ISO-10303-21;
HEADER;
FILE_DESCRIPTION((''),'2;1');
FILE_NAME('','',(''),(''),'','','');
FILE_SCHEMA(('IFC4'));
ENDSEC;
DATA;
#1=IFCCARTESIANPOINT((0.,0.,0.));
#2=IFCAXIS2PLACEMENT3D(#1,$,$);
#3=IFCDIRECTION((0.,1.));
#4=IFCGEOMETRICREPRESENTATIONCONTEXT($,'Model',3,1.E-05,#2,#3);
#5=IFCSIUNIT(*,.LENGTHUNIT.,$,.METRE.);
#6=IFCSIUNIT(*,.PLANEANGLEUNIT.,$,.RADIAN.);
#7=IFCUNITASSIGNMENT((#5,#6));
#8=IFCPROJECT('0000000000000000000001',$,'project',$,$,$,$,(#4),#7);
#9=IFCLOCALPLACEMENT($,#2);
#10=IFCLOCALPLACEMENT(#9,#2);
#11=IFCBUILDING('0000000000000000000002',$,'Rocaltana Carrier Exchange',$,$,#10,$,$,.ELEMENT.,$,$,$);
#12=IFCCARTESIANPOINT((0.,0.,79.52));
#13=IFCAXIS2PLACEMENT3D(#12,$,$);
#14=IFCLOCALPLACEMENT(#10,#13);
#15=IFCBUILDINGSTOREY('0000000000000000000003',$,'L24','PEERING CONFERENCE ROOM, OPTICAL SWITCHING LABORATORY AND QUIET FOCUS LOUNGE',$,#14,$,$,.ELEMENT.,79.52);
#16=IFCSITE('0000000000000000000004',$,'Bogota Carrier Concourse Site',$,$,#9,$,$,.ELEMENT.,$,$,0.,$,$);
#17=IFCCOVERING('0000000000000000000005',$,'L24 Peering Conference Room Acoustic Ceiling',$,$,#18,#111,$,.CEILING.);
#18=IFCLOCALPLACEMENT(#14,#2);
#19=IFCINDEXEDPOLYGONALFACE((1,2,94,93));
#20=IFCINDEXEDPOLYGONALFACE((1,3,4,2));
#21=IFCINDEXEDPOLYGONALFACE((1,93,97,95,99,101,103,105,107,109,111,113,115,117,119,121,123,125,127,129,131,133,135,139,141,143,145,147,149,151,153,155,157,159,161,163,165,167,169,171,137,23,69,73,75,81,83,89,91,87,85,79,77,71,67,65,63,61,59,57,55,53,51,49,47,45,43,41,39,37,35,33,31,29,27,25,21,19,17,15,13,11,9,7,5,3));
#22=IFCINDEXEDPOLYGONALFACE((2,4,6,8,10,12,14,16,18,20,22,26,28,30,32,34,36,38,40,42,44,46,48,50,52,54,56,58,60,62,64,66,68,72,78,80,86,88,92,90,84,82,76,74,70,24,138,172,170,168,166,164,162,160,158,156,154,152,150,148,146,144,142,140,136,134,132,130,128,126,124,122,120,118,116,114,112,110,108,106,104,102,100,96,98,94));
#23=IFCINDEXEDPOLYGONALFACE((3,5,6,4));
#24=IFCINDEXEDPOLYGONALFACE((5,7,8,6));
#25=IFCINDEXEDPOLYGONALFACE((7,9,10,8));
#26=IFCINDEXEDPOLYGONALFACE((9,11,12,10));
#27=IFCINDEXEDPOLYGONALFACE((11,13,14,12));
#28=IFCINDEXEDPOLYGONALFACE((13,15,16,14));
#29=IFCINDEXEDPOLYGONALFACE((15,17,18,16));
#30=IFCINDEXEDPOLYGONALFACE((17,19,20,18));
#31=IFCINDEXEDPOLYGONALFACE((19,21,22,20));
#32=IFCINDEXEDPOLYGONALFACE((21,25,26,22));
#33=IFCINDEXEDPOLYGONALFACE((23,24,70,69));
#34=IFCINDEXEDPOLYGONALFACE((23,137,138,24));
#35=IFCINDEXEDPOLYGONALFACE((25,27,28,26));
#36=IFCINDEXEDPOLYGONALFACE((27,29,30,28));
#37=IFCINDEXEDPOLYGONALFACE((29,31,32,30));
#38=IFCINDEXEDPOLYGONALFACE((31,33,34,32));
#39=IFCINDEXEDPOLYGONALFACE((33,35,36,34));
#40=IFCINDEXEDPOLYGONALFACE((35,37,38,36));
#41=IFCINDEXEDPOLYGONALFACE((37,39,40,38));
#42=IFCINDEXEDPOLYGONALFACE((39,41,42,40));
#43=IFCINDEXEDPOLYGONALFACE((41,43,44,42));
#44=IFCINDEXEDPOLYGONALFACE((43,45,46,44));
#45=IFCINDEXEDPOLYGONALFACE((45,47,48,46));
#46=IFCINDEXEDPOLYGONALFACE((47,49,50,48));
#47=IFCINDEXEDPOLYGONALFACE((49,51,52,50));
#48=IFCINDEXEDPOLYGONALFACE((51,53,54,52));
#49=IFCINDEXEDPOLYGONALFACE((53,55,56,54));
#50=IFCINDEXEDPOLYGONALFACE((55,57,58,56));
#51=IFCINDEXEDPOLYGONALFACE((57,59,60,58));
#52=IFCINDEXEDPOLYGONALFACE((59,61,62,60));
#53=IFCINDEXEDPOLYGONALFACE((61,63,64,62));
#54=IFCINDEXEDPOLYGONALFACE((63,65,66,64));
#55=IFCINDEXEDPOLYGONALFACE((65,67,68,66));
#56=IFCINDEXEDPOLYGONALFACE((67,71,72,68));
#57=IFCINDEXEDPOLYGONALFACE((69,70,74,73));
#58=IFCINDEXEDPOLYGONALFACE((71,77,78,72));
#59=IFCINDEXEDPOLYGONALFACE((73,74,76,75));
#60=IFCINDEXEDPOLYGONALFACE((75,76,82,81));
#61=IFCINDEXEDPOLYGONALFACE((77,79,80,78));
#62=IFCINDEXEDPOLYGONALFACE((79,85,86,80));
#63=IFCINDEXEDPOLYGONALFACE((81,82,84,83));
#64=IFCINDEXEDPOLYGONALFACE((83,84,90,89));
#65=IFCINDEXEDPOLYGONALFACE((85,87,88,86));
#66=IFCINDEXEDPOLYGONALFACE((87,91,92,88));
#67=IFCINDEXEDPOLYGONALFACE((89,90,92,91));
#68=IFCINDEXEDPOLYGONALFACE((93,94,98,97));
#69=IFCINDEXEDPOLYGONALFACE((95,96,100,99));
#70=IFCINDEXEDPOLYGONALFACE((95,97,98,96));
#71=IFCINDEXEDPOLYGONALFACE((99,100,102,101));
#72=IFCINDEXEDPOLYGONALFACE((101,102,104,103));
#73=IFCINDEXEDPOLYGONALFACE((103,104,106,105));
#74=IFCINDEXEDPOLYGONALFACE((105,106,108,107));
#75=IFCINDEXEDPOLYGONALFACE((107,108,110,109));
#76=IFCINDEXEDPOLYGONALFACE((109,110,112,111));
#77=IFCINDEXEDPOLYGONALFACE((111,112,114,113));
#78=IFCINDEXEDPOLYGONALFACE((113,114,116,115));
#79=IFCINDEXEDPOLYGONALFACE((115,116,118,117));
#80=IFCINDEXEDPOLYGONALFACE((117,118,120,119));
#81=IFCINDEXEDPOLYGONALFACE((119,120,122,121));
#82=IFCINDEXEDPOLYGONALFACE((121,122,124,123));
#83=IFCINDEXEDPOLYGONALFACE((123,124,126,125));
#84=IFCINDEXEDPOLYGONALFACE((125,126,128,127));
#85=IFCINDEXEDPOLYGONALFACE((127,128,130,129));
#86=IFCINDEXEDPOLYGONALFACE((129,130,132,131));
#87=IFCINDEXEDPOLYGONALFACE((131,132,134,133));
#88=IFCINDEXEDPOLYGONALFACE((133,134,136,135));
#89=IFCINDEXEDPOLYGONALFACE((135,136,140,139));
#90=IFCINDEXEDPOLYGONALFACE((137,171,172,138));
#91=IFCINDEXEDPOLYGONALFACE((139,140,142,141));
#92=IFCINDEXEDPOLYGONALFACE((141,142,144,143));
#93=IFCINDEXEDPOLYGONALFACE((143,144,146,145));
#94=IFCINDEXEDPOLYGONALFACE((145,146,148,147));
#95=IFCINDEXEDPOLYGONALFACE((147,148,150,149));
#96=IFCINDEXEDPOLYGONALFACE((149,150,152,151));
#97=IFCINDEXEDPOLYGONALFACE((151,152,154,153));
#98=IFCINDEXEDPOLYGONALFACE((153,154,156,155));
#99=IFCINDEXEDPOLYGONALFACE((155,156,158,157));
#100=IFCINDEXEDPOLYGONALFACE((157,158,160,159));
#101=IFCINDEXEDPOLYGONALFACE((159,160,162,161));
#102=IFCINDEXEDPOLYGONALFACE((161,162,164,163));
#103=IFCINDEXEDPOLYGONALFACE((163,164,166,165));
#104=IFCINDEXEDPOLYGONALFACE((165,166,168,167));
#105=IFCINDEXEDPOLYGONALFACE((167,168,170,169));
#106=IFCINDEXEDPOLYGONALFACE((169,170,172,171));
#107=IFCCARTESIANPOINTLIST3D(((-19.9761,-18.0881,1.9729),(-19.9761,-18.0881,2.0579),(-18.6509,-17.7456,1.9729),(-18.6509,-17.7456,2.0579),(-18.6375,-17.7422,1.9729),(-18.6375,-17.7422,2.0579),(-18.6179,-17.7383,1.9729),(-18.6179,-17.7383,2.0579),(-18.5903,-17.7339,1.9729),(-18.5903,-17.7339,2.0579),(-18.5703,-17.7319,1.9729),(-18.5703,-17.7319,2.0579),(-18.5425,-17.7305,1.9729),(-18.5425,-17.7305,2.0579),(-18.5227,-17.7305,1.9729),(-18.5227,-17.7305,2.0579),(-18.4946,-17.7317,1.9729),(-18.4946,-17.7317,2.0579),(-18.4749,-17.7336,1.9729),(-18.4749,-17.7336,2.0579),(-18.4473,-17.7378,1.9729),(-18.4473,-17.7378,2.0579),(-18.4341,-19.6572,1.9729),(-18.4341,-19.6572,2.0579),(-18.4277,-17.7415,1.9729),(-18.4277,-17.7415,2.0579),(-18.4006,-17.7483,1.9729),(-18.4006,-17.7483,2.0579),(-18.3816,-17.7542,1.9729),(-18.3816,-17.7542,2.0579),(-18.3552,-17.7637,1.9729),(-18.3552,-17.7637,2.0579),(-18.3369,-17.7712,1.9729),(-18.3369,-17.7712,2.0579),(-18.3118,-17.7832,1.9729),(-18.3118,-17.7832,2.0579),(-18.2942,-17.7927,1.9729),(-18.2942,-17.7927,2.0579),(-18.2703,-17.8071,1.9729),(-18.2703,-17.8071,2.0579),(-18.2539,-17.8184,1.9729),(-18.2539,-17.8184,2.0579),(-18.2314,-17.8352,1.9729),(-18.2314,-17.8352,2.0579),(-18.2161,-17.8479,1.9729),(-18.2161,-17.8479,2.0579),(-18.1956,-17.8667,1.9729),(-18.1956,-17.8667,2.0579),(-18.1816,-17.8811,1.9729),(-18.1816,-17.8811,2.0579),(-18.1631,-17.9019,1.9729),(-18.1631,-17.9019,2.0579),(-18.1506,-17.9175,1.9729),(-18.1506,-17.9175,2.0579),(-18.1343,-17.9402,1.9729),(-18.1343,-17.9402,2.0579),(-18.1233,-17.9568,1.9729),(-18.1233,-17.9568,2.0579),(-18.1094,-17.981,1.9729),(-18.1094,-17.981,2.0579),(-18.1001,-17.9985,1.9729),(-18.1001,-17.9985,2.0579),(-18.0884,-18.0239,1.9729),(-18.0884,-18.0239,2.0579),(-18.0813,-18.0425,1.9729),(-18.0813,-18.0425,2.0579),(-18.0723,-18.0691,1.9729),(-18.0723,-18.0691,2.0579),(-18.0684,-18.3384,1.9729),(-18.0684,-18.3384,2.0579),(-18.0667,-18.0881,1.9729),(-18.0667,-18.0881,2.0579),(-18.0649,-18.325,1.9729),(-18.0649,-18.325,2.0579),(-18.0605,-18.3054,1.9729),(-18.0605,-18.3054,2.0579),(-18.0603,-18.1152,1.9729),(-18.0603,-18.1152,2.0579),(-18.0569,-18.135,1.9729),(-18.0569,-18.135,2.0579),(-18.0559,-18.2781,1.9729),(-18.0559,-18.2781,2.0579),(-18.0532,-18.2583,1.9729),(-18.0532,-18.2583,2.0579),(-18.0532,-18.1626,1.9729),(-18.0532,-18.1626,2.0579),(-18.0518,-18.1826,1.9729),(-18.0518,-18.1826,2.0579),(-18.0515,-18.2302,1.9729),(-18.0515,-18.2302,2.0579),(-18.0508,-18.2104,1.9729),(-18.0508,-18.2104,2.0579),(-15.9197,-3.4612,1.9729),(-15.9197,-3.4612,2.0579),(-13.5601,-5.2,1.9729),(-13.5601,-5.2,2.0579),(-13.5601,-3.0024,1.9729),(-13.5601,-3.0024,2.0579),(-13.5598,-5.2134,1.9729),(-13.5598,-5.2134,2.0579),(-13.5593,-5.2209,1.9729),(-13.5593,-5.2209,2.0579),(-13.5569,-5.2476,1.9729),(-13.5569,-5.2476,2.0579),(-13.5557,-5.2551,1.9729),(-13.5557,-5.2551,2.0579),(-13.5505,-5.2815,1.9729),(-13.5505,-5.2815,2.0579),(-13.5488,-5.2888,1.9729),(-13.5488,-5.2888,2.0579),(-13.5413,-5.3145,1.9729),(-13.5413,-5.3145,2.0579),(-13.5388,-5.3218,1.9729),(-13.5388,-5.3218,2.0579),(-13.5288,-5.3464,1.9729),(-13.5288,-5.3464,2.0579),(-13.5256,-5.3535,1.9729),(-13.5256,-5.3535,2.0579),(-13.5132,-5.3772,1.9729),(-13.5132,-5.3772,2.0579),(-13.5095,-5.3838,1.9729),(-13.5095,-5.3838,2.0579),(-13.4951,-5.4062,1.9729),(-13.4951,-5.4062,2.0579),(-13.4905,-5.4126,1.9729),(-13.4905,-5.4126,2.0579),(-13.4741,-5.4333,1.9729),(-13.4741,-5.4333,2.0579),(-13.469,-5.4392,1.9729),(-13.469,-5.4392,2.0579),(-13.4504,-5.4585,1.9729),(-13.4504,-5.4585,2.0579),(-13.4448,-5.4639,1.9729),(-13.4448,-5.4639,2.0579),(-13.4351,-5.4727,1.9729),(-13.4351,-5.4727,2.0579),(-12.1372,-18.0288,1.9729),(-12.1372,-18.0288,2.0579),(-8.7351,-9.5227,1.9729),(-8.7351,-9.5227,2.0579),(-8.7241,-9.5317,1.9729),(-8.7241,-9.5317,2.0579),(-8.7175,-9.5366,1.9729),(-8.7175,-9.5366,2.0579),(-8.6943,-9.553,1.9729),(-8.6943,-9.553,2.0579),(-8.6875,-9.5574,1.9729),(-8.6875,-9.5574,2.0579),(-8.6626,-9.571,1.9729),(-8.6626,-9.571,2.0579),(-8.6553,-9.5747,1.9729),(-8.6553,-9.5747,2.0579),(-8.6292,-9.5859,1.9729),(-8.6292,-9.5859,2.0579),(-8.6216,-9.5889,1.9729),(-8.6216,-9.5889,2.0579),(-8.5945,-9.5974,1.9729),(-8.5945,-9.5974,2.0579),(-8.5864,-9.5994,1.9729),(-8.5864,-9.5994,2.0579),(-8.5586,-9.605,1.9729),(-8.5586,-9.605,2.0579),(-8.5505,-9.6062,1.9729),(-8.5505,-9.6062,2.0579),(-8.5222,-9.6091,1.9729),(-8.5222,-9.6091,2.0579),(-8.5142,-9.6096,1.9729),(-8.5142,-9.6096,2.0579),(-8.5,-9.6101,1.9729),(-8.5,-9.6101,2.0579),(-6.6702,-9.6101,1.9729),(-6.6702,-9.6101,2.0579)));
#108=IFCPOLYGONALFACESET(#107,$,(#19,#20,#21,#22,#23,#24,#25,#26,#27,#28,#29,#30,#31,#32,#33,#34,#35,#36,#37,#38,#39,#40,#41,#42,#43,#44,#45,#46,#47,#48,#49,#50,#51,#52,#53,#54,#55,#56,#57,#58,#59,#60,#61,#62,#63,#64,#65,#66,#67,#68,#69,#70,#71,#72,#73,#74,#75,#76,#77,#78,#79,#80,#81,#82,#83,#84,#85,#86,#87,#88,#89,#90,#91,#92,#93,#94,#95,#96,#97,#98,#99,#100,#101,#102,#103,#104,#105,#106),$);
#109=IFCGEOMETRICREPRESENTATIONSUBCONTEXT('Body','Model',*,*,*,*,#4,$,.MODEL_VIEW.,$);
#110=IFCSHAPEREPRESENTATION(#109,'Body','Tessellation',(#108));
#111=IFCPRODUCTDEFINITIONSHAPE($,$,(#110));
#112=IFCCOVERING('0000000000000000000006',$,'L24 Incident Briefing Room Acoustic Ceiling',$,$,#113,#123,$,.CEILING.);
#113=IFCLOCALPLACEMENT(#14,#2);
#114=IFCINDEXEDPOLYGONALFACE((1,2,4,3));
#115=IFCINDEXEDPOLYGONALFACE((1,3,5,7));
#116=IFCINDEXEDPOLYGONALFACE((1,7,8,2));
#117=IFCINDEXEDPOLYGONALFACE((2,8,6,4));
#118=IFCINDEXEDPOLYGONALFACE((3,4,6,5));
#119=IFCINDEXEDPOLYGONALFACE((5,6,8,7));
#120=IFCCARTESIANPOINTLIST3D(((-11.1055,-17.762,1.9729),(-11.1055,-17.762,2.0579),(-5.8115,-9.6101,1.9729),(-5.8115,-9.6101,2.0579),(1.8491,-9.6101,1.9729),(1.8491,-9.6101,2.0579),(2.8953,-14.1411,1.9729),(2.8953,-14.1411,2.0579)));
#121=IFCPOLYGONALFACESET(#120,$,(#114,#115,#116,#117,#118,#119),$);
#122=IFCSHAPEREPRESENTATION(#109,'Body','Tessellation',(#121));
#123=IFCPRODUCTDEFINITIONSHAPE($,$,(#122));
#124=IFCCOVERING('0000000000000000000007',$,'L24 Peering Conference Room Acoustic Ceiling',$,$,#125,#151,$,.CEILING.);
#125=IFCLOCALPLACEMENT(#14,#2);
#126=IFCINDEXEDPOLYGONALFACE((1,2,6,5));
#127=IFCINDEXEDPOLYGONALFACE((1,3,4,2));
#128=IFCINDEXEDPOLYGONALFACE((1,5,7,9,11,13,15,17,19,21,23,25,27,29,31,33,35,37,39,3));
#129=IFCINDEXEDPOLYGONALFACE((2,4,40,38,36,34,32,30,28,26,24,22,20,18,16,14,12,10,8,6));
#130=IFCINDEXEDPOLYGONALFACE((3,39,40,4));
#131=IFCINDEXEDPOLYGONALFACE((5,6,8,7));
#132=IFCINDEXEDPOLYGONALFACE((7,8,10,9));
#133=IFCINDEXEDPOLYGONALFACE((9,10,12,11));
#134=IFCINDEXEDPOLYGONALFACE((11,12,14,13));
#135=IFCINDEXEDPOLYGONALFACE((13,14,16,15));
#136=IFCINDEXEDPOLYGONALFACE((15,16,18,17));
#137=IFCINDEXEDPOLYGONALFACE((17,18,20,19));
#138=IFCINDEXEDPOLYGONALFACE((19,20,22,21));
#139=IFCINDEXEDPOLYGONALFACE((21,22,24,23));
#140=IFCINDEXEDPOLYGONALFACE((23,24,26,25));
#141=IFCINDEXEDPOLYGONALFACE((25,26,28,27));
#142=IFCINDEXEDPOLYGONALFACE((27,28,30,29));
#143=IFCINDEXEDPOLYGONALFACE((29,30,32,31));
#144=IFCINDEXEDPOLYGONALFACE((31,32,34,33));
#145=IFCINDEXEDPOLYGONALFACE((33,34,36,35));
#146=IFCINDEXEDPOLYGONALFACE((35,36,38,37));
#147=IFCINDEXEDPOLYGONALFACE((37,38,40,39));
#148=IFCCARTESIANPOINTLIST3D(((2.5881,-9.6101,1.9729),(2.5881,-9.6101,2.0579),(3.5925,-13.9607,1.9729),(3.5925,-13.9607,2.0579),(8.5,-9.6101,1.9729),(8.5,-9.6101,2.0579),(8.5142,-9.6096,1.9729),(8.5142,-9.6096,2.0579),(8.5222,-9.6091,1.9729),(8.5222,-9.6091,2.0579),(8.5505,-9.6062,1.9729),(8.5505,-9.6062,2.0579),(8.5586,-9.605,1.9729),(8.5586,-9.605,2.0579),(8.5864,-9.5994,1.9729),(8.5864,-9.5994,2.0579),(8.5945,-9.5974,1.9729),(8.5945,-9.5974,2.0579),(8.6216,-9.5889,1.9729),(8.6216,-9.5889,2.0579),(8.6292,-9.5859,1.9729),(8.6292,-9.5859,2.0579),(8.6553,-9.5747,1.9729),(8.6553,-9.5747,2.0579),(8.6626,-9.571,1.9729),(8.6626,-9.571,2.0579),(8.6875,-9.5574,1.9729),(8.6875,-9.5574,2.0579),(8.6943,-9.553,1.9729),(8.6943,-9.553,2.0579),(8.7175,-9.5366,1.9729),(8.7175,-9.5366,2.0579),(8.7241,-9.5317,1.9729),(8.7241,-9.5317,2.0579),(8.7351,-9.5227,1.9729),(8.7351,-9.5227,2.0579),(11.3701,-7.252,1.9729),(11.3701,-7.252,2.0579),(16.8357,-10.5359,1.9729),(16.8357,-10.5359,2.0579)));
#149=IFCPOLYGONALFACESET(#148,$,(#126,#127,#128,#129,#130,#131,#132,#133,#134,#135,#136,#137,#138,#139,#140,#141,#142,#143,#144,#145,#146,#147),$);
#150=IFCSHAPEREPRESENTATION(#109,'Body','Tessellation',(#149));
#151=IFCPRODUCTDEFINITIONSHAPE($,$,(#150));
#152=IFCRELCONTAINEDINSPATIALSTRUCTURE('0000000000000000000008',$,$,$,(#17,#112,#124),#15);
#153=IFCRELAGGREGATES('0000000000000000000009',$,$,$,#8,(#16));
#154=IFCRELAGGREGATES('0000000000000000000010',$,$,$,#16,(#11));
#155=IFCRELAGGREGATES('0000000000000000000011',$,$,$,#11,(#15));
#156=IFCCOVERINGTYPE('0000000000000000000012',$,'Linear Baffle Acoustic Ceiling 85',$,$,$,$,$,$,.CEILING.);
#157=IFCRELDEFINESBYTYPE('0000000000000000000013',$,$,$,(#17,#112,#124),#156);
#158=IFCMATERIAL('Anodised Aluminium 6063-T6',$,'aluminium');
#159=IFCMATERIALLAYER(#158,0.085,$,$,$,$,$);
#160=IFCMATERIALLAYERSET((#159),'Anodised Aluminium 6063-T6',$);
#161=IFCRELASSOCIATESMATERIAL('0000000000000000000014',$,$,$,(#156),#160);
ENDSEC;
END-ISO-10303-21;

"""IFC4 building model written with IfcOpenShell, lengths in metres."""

from ifc_helpers import new_model, si_unit, direction, frame, origin, place, context, subcontext, project, spatial, polyline, outline, extrude, material, layer, layer_set, type_object, element, save


model = new_model("IFC4")

# Units and contexts
model_context = context("Model", 3, precision=1e-05, world=origin(), true_north=direction((0.0, 1.0)))
body_context = subcontext(model_context, "Body", "Model", "MODEL_VIEW")
ifc_project = project(units=[si_unit("LENGTHUNIT", "METRE"), si_unit("PLANEANGLEUNIT", "RADIAN")], contexts=[model_context])

# Site, building, storey
site_placement = place(None, origin())
site = spatial("IfcSite", under=ifc_project, at=site_placement, Name="Bogota Carrier Concourse Site", CompositionType="ELEMENT", RefElevation=0.0)
building_placement = place(site_placement, origin())
building = spatial("IfcBuilding", under=site, at=building_placement, Name="Rocaltana Carrier Exchange", CompositionType="ELEMENT")
storey_placement = place(building_placement, frame((0.0, 0.0, 79.52)))
storey = spatial("IfcBuildingStorey", under=building, at=storey_placement, Name="L24", Description="PEERING CONFERENCE ROOM, OPTICAL SWITCHING LABORATORY AND QUIET FOCUS LOUNGE", CompositionType="ELEMENT", Elevation=79.52)

# Coverings
ifc_material_1 = material(Name="Anodised Aluminium 6063-T6", Category="aluminium")
ifc_layer_1 = layer(ifc_material_1, 0.085)
ifc_layer_set_1 = layer_set([ifc_layer_1], Name="Anodised Aluminium 6063-T6")
covering_type_1 = type_object("IfcCoveringType", Name="Linear Baffle Acoustic Ceiling 85", PredefinedType="CEILING", material=ifc_layer_set_1)
covering_1_placement = place(storey_placement, frame((0.0, 0.0, 1.9729)))
element("IfcCovering", 1, at=covering_1_placement, inside=storey, type_object=covering_type_1, Name="L24 Peering Conference Room Acoustic Ceiling", PredefinedType="CEILING", context=body_context, shape_type="SweptSolid", body=[
    extrude(outline(polyline([(-18.0684, -18.3384), (-18.0649, -18.325), (-18.0605, -18.3054), (-18.0559, -18.2781), (-18.0532, -18.2583), (-18.0515, -18.2302), (-18.0508, -18.2104), (-18.0518, -18.1826), (-18.0532, -18.1626), (-18.0569, -18.135), (-18.0603, -18.1152), (-18.0667, -18.0881), (-18.0723, -18.0691), (-18.0813, -18.0425), (-18.0884, -18.0239), (-18.1001, -17.9985), (-18.1094, -17.981), (-18.1233, -17.9568), (-18.1343, -17.9402), (-18.1506, -17.9175), (-18.1631, -17.9019), (-18.1816, -17.8811), (-18.1956, -17.8667), (-18.2161, -17.8479), (-18.2314, -17.8352), (-18.2539, -17.8184), (-18.2703, -17.8071), (-18.2942, -17.7927), (-18.3118, -17.7832), (-18.3369, -17.7712), (-18.3552, -17.7637), (-18.3816, -17.7542), (-18.4006, -17.7483), (-18.4277, -17.7415), (-18.4473, -17.7378), (-18.4749, -17.7336), (-18.4946, -17.7317), (-18.5227, -17.7305), (-18.5425, -17.7305), (-18.5703, -17.7319), (-18.5903, -17.7339), (-18.6179, -17.7383), (-18.6375, -17.7422), (-18.6509, -17.7456), (-19.9761, -18.0881), (-15.9197, -3.4612), (-13.5601, -3.0024), (-13.5601, -5.2), (-13.5598, -5.2134), (-13.5593, -5.2209), (-13.5569, -5.2476), (-13.5557, -5.2551), (-13.5505, -5.2815), (-13.5488, -5.2888), (-13.5413, -5.3145), (-13.5388, -5.3218), (-13.5288, -5.3464), (-13.5256, -5.3535), (-13.5132, -5.3772), (-13.5095, -5.3838), (-13.4951, -5.4062), (-13.4905, -5.4126), (-13.4741, -5.4333), (-13.469, -5.4392), (-13.4504, -5.4585), (-13.4448, -5.4639), (-13.4351, -5.4727), (-8.7351, -9.5227), (-8.7241, -9.5317), (-8.7175, -9.5366), (-8.6943, -9.553), (-8.6875, -9.5574), (-8.6626, -9.571), (-8.6553, -9.5747), (-8.6292, -9.5859), (-8.6216, -9.5889), (-8.5945, -9.5974), (-8.5864, -9.5994), (-8.5586, -9.605), (-8.5505, -9.6062), (-8.5222, -9.6091), (-8.5142, -9.6096), (-8.5, -9.6101), (-6.6702, -9.6101), (-12.1372, -18.0288), (-18.4341, -19.6572), (-18.0684, -18.3384)])), origin(), (0.0, 0.0, 1.0), 0.085),
])
covering_2_placement = place(storey_placement, frame((0.0, 0.0, 1.9729)))
element("IfcCovering", 2, at=covering_2_placement, inside=storey, type_object=covering_type_1, Name="L24 Incident Briefing Room Acoustic Ceiling", PredefinedType="CEILING", context=body_context, shape_type="SweptSolid", body=[
    extrude(outline(polyline([(-11.1055, -17.762), (-5.8115, -9.6101), (1.8491, -9.6101), (2.8953, -14.1411), (-11.1055, -17.762)])), origin(), (0.0, 0.0, 1.0), 0.085),
])
covering_3_placement = place(storey_placement, frame((0.0, 0.0, 1.9729)))
element("IfcCovering", 3, at=covering_3_placement, inside=storey, type_object=covering_type_1, Name="L24 Peering Conference Room Acoustic Ceiling", PredefinedType="CEILING", context=body_context, shape_type="SweptSolid", body=[
    extrude(outline(polyline([(3.5925, -13.9607), (2.5881, -9.6101), (8.5, -9.6101), (8.5142, -9.6096), (8.5222, -9.6091), (8.5505, -9.6062), (8.5586, -9.605), (8.5864, -9.5994), (8.5945, -9.5974), (8.6216, -9.5889), (8.6292, -9.5859), (8.6553, -9.5747), (8.6626, -9.571), (8.6875, -9.5574), (8.6943, -9.553), (8.7175, -9.5366), (8.7241, -9.5317), (8.7351, -9.5227), (11.3701, -7.252), (16.8357, -10.5359), (3.5925, -13.9607)])), origin(), (0.0, 0.0, 1.0), 0.085),
])

save(model, "model.ifc")
